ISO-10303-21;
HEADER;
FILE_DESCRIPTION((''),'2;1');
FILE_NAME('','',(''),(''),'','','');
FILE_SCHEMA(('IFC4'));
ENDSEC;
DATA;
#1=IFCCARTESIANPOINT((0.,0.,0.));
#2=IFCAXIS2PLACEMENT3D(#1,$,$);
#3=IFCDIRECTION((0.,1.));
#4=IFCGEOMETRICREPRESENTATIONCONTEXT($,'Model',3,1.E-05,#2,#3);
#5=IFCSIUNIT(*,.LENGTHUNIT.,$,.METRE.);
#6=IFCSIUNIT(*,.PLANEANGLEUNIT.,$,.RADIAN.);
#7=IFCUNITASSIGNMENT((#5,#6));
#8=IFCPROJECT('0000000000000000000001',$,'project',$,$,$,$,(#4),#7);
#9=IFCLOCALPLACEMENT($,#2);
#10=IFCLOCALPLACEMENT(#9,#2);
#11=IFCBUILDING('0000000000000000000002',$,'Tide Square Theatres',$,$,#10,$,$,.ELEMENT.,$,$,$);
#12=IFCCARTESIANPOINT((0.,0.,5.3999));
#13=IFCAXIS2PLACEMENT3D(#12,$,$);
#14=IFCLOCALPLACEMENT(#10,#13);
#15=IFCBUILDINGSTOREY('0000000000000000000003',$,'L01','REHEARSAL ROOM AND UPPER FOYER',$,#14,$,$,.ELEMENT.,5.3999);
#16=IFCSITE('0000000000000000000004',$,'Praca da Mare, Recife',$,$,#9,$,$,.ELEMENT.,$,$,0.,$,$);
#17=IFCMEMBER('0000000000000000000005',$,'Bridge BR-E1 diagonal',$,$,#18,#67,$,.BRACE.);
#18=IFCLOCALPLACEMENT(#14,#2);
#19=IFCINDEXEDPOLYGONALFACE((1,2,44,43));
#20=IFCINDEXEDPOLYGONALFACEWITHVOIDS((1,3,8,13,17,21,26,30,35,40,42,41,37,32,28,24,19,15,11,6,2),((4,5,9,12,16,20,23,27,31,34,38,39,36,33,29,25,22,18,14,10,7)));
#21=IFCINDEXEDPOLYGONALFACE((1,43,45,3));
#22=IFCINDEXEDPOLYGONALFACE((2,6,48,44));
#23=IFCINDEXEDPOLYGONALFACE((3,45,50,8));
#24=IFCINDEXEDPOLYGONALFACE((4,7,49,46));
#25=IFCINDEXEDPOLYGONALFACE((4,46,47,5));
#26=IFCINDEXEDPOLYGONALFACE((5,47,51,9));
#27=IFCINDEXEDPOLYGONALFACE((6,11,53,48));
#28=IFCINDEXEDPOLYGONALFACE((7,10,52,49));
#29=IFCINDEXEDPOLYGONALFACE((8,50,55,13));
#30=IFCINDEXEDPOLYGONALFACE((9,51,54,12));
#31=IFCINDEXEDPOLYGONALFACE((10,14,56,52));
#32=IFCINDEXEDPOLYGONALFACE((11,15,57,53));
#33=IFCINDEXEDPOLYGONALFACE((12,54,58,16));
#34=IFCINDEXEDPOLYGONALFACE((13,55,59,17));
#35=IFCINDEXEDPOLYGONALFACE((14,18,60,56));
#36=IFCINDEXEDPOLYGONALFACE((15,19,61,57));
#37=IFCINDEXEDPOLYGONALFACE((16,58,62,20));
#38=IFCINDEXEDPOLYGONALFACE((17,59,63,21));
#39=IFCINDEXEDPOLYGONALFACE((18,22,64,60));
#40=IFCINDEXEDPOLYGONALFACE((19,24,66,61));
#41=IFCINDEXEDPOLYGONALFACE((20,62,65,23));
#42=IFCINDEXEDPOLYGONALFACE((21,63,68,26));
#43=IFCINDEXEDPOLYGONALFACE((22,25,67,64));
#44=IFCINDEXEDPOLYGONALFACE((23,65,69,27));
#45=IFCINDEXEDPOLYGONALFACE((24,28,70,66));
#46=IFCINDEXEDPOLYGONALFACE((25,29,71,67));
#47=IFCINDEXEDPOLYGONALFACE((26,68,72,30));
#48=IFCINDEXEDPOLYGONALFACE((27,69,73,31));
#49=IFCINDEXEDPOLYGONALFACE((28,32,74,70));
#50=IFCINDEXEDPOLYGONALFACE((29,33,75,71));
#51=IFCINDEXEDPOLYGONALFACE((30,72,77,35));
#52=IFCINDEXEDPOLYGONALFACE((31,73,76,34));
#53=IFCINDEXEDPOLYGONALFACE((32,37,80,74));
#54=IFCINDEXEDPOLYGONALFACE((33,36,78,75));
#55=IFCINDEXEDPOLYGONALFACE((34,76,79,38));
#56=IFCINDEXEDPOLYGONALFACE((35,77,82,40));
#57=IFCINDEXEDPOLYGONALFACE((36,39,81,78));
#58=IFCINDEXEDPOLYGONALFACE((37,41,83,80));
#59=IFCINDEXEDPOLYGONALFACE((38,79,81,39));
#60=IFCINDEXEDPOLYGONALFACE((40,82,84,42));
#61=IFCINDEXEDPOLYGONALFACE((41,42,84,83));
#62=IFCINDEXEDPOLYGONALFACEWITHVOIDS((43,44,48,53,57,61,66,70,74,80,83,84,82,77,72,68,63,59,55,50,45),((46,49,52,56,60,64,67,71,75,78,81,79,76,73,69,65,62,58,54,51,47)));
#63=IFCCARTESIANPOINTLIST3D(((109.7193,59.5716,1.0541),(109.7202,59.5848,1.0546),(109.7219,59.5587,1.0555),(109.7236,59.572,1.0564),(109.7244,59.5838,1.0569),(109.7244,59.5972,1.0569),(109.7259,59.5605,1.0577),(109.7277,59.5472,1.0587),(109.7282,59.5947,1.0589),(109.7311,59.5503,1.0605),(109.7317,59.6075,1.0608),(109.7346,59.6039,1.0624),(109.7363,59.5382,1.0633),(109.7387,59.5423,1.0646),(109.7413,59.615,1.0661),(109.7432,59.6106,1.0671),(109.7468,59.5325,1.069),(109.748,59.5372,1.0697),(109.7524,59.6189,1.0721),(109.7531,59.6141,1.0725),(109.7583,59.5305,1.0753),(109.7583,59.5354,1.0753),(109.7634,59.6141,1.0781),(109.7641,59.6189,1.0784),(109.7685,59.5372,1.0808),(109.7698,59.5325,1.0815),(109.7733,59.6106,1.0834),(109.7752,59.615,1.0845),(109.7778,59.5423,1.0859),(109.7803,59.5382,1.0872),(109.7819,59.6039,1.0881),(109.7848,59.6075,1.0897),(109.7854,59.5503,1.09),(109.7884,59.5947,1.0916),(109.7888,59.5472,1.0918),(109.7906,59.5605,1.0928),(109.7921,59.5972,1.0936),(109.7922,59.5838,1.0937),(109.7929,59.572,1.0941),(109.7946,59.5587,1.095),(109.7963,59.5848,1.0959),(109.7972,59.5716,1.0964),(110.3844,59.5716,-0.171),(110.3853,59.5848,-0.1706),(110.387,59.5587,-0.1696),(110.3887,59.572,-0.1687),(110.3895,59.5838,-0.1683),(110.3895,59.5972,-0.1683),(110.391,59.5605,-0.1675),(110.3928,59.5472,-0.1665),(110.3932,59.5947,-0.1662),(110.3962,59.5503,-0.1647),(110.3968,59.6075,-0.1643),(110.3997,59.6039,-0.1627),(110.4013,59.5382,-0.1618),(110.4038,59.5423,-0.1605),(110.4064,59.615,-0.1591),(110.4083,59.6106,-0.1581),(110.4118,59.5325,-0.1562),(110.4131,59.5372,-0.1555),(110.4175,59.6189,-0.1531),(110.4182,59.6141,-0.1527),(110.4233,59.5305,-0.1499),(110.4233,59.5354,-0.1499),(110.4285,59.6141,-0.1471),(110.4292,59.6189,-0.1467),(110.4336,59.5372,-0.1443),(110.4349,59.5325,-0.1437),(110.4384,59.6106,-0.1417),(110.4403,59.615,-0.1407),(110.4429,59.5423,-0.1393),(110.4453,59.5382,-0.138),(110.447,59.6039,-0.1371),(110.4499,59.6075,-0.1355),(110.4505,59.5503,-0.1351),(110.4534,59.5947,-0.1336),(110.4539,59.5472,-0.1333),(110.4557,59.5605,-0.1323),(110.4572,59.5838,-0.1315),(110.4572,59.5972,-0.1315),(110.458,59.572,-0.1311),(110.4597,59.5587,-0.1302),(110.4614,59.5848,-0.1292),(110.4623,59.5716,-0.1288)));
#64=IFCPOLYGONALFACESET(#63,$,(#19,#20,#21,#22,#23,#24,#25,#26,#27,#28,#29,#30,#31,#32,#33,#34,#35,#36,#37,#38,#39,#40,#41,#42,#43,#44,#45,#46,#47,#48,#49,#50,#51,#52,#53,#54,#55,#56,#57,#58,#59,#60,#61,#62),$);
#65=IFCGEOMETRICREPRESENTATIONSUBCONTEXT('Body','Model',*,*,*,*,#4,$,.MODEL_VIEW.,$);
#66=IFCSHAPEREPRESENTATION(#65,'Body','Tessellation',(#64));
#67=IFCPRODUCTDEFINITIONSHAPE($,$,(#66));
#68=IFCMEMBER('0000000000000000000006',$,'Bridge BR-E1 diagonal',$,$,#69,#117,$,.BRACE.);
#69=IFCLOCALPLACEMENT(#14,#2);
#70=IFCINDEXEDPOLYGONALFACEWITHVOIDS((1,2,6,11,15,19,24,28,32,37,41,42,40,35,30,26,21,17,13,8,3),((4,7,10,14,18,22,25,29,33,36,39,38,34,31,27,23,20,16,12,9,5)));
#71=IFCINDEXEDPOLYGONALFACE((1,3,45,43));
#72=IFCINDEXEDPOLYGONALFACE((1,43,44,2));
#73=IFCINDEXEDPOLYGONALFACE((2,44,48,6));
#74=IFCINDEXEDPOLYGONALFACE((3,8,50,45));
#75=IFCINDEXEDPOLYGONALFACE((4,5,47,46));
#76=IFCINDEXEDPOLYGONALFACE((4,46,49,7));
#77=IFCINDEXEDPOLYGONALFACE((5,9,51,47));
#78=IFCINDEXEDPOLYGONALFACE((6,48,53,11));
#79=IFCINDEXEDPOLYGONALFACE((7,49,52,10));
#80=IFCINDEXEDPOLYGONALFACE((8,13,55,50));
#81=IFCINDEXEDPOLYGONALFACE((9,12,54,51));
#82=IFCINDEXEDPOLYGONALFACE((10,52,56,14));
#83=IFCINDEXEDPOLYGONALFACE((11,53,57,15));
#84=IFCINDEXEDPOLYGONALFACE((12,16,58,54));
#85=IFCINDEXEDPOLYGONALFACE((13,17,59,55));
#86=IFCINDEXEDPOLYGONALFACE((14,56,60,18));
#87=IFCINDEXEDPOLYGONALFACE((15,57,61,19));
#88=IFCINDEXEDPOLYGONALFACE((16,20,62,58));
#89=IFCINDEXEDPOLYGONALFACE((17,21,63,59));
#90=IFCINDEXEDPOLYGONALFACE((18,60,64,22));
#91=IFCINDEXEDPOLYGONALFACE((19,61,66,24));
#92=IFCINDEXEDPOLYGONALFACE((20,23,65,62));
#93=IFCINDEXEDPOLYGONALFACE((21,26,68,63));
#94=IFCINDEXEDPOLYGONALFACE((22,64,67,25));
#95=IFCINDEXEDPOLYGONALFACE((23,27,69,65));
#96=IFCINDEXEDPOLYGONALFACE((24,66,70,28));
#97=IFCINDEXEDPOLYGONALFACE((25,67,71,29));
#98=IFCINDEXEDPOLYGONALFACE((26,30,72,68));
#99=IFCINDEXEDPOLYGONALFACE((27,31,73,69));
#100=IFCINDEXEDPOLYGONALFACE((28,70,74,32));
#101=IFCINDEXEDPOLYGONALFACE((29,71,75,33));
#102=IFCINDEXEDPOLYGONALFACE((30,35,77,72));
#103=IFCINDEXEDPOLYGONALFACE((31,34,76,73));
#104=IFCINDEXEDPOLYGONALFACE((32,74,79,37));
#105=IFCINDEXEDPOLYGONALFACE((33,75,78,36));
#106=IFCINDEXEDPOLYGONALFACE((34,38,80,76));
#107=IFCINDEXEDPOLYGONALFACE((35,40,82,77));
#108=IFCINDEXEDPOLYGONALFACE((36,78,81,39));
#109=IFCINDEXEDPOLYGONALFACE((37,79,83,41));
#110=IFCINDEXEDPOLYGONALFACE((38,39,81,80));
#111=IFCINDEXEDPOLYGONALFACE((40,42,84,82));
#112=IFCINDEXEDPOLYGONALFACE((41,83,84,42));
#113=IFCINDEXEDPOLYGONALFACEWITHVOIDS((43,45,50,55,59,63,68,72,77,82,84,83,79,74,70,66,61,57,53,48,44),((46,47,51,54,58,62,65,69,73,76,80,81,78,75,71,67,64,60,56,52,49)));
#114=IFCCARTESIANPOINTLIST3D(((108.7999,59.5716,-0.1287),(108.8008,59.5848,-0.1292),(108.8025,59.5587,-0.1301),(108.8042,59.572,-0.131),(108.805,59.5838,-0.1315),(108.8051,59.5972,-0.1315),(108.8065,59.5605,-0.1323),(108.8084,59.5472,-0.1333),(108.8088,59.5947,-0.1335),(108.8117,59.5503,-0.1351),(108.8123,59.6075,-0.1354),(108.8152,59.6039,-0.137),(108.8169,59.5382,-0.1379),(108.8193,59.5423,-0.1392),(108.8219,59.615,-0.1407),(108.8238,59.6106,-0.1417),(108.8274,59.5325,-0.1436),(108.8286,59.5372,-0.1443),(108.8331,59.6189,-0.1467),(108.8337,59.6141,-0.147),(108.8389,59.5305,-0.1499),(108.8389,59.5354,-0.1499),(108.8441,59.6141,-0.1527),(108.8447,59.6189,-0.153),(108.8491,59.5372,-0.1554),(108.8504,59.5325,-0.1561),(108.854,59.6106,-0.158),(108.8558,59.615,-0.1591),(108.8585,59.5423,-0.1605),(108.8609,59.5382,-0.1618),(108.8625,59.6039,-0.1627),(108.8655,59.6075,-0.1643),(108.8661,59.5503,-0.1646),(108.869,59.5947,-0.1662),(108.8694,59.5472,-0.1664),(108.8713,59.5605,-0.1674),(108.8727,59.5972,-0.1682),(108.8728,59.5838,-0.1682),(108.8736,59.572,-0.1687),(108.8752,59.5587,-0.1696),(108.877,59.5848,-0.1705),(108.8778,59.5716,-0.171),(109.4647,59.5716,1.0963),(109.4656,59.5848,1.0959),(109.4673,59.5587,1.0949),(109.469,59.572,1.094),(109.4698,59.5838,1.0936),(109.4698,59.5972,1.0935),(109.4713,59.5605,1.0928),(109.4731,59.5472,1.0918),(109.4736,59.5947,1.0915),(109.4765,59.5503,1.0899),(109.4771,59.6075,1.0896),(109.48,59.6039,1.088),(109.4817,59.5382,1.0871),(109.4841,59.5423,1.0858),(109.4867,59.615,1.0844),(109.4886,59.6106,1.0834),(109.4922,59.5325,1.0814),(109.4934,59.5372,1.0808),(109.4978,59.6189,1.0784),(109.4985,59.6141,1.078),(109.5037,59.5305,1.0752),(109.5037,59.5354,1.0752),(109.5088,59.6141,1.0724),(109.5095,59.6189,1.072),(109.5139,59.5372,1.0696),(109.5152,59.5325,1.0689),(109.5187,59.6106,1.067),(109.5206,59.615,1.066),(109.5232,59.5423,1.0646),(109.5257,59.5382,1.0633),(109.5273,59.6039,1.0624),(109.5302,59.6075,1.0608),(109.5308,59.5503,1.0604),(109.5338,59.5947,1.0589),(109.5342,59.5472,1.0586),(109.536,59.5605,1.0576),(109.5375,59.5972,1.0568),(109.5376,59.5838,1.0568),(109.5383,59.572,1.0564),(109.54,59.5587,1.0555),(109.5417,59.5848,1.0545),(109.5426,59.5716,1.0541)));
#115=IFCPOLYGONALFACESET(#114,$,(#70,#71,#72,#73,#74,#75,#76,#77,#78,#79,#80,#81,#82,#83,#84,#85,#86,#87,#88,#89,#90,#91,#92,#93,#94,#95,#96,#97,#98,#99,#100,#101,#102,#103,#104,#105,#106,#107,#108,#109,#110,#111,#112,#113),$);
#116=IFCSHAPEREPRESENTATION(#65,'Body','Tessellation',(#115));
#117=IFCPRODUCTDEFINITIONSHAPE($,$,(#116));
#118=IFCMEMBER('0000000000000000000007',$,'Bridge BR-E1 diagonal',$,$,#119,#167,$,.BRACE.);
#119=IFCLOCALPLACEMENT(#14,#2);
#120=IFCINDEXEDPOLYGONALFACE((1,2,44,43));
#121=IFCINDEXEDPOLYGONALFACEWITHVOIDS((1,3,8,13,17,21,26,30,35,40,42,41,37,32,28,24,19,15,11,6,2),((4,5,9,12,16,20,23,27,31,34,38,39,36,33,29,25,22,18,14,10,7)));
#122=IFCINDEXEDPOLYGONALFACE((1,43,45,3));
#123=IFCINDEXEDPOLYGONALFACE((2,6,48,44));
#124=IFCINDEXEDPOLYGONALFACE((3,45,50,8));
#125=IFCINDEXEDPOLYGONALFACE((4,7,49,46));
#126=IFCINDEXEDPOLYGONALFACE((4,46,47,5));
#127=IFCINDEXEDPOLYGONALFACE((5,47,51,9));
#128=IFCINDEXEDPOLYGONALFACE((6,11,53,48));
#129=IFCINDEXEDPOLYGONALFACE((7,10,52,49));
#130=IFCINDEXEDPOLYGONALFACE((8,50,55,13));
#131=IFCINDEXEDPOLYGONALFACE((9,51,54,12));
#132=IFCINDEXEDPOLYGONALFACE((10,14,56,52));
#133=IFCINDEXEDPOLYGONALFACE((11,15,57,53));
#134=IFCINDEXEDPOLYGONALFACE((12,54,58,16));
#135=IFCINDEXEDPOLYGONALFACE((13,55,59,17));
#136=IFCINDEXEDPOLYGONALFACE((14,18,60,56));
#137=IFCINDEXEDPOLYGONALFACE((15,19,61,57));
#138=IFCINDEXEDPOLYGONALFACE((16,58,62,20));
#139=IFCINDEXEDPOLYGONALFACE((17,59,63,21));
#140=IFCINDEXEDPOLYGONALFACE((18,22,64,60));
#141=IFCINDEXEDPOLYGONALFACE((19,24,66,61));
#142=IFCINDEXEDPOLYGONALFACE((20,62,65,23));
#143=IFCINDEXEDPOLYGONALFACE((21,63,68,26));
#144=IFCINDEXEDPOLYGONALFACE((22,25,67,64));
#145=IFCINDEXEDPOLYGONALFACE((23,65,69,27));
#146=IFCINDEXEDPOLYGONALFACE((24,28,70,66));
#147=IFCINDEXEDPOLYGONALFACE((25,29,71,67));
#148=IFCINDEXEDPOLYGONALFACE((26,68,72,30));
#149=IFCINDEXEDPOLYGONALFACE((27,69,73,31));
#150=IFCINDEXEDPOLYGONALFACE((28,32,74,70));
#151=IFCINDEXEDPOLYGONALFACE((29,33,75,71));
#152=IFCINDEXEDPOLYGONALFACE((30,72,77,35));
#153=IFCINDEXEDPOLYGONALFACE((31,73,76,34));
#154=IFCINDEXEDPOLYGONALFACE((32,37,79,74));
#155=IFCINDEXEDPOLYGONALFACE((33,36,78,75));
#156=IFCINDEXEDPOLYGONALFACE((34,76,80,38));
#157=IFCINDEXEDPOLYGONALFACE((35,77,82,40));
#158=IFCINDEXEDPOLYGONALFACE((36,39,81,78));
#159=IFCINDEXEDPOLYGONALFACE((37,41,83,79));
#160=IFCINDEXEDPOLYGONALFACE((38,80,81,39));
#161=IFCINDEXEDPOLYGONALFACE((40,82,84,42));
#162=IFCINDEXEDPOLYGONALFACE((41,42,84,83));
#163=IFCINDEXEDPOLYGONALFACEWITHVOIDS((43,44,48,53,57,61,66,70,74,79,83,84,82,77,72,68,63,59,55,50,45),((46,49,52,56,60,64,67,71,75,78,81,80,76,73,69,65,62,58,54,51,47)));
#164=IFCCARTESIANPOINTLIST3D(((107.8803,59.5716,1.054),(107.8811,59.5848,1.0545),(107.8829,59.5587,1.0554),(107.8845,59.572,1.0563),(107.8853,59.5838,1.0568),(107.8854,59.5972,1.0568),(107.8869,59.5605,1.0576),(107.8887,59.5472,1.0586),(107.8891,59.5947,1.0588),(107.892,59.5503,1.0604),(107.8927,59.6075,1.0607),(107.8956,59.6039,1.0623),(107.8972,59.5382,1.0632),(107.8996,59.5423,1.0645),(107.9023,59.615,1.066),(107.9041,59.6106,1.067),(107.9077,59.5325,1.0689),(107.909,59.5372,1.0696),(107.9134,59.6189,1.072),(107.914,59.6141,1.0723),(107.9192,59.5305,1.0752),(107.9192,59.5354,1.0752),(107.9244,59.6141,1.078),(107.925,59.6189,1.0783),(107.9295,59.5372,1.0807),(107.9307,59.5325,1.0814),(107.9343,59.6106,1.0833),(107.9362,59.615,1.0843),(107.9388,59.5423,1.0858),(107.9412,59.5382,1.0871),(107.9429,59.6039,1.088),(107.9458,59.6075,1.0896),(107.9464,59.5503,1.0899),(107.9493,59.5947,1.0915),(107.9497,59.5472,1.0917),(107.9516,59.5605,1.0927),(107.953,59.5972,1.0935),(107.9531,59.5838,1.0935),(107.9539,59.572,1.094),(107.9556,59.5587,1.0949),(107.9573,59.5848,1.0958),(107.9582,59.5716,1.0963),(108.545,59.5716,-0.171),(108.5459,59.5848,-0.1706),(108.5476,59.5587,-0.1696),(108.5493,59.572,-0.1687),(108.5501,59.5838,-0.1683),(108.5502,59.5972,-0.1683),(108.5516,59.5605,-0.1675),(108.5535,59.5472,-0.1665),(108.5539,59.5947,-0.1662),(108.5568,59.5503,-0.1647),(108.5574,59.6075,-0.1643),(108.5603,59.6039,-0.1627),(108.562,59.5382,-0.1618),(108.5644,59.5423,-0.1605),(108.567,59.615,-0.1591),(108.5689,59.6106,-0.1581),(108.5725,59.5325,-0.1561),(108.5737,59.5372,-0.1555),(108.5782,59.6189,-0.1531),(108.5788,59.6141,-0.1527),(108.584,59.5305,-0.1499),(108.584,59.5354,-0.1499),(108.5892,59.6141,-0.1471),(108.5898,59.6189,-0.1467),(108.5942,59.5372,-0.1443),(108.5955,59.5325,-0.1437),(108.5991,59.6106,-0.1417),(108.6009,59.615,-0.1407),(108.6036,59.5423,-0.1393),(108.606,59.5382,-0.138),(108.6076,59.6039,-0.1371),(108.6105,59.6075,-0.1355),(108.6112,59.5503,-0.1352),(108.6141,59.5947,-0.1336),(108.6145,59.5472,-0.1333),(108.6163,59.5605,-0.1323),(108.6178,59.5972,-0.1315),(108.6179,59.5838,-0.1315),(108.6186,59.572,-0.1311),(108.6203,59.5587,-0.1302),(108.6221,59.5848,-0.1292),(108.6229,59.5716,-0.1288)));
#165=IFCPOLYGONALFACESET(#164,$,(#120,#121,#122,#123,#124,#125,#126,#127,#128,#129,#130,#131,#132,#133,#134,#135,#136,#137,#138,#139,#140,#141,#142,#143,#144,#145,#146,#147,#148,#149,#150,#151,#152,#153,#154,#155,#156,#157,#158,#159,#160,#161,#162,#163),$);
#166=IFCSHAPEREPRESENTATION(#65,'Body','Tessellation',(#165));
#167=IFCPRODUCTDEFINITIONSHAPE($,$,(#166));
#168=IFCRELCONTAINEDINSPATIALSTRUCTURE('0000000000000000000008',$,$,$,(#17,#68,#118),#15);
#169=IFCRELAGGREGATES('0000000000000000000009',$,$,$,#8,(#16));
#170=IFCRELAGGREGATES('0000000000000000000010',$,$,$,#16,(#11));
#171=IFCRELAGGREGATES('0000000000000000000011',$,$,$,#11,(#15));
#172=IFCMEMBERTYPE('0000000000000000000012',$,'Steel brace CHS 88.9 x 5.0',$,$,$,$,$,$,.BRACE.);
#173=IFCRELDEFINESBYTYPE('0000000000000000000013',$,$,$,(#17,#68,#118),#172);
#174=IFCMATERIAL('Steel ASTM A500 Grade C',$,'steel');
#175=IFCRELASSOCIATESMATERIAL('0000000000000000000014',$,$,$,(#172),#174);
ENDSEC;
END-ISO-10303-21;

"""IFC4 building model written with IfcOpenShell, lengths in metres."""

from ifc_helpers import new_model, si_unit, direction, frame, origin, origin_2d, place, context, subcontext, project, spatial, hollow_circle, extrude, material, material_profile, profile_set, type_object, element, save


model = new_model("IFC4")

# Units and contexts
model_context = context("Model", 3, precision=1e-05, world=origin(), true_north=direction((0.0, 1.0)))
body_context = subcontext(model_context, "Body", "Model", "MODEL_VIEW")
ifc_project = project(units=[si_unit("LENGTHUNIT", "METRE"), si_unit("PLANEANGLEUNIT", "RADIAN")], contexts=[model_context])

# Site, building, storey
site_placement = place(None, origin())
site = spatial("IfcSite", under=ifc_project, at=site_placement, Name="Praca da Mare, Recife", CompositionType="ELEMENT", RefElevation=0.0)
building_placement = place(site_placement, origin())
building = spatial("IfcBuilding", under=site, at=building_placement, Name="Tide Square Theatres", CompositionType="ELEMENT")
storey_placement = place(building_placement, frame((0.0, 0.0, 5.3999)))
storey = spatial("IfcBuildingStorey", under=building, at=storey_placement, Name="L01", Description="REHEARSAL ROOM AND UPPER FOYER", CompositionType="ELEMENT", Elevation=5.3999)

# Members
ifc_material_1 = material(Name="Steel ASTM A500 Grade C", Category="steel")
ifc_material_profile_1 = material_profile(ifc_material_1, hollow_circle(Radius=0.0444, WallThickness=0.0049, at=origin_2d()))
ifc_profile_set_1 = profile_set([ifc_material_profile_1], Name="Steel ASTM A500 Grade C")
member_type_1 = type_object("IfcMemberType", Name="Steel brace CHS 88.9 x 5.0", PredefinedType="BRACE", material=ifc_profile_set_1)
for number, where, z_axis, x_axis, name in (
    (1, (110.4233, 59.575, -0.1499), (-0.477084, 0.0, 0.878858), (0.0, -1.0, 0.0), "Bridge BR-E1 diagonal"),
):
    element("IfcMember", number, at=place(storey_placement, frame(where, z_axis=z_axis, x_axis=x_axis)), inside=storey, type_object=member_type_1, Name=name, PredefinedType="BRACE", context=body_context, shape_type="SweptSolid", body=[
        extrude(hollow_circle(Radius=0.0444, WallThickness=0.0049, at=origin_2d()), origin(), (0.0, 0.0, 1.0), 1.394),
    ])
for number, where, z_axis, x_axis, name in (
    (2, (109.5037, 59.575, 1.0752), (-0.476949, 0.0, -0.878931), (0.0, -1.0, 0.0), "Bridge BR-E1 diagonal"),
    (3, (108.584, 59.575, -0.1499), (-0.476949, 0.0, 0.878931), (0.0, -1.0, 0.0), "Bridge BR-E1 diagonal"),
):
    element("IfcMember", number, at=place(storey_placement, frame(where, z_axis=z_axis, x_axis=x_axis)), inside=storey, type_object=member_type_1, Name=name, PredefinedType="BRACE", context=body_context, shape_type="SweptSolid", body=[
        extrude(hollow_circle(Radius=0.0444, WallThickness=0.0049, at=origin_2d()), origin(), (0.0, 0.0, 1.0), 1.3938),
    ])

save(model, "model.ifc")
